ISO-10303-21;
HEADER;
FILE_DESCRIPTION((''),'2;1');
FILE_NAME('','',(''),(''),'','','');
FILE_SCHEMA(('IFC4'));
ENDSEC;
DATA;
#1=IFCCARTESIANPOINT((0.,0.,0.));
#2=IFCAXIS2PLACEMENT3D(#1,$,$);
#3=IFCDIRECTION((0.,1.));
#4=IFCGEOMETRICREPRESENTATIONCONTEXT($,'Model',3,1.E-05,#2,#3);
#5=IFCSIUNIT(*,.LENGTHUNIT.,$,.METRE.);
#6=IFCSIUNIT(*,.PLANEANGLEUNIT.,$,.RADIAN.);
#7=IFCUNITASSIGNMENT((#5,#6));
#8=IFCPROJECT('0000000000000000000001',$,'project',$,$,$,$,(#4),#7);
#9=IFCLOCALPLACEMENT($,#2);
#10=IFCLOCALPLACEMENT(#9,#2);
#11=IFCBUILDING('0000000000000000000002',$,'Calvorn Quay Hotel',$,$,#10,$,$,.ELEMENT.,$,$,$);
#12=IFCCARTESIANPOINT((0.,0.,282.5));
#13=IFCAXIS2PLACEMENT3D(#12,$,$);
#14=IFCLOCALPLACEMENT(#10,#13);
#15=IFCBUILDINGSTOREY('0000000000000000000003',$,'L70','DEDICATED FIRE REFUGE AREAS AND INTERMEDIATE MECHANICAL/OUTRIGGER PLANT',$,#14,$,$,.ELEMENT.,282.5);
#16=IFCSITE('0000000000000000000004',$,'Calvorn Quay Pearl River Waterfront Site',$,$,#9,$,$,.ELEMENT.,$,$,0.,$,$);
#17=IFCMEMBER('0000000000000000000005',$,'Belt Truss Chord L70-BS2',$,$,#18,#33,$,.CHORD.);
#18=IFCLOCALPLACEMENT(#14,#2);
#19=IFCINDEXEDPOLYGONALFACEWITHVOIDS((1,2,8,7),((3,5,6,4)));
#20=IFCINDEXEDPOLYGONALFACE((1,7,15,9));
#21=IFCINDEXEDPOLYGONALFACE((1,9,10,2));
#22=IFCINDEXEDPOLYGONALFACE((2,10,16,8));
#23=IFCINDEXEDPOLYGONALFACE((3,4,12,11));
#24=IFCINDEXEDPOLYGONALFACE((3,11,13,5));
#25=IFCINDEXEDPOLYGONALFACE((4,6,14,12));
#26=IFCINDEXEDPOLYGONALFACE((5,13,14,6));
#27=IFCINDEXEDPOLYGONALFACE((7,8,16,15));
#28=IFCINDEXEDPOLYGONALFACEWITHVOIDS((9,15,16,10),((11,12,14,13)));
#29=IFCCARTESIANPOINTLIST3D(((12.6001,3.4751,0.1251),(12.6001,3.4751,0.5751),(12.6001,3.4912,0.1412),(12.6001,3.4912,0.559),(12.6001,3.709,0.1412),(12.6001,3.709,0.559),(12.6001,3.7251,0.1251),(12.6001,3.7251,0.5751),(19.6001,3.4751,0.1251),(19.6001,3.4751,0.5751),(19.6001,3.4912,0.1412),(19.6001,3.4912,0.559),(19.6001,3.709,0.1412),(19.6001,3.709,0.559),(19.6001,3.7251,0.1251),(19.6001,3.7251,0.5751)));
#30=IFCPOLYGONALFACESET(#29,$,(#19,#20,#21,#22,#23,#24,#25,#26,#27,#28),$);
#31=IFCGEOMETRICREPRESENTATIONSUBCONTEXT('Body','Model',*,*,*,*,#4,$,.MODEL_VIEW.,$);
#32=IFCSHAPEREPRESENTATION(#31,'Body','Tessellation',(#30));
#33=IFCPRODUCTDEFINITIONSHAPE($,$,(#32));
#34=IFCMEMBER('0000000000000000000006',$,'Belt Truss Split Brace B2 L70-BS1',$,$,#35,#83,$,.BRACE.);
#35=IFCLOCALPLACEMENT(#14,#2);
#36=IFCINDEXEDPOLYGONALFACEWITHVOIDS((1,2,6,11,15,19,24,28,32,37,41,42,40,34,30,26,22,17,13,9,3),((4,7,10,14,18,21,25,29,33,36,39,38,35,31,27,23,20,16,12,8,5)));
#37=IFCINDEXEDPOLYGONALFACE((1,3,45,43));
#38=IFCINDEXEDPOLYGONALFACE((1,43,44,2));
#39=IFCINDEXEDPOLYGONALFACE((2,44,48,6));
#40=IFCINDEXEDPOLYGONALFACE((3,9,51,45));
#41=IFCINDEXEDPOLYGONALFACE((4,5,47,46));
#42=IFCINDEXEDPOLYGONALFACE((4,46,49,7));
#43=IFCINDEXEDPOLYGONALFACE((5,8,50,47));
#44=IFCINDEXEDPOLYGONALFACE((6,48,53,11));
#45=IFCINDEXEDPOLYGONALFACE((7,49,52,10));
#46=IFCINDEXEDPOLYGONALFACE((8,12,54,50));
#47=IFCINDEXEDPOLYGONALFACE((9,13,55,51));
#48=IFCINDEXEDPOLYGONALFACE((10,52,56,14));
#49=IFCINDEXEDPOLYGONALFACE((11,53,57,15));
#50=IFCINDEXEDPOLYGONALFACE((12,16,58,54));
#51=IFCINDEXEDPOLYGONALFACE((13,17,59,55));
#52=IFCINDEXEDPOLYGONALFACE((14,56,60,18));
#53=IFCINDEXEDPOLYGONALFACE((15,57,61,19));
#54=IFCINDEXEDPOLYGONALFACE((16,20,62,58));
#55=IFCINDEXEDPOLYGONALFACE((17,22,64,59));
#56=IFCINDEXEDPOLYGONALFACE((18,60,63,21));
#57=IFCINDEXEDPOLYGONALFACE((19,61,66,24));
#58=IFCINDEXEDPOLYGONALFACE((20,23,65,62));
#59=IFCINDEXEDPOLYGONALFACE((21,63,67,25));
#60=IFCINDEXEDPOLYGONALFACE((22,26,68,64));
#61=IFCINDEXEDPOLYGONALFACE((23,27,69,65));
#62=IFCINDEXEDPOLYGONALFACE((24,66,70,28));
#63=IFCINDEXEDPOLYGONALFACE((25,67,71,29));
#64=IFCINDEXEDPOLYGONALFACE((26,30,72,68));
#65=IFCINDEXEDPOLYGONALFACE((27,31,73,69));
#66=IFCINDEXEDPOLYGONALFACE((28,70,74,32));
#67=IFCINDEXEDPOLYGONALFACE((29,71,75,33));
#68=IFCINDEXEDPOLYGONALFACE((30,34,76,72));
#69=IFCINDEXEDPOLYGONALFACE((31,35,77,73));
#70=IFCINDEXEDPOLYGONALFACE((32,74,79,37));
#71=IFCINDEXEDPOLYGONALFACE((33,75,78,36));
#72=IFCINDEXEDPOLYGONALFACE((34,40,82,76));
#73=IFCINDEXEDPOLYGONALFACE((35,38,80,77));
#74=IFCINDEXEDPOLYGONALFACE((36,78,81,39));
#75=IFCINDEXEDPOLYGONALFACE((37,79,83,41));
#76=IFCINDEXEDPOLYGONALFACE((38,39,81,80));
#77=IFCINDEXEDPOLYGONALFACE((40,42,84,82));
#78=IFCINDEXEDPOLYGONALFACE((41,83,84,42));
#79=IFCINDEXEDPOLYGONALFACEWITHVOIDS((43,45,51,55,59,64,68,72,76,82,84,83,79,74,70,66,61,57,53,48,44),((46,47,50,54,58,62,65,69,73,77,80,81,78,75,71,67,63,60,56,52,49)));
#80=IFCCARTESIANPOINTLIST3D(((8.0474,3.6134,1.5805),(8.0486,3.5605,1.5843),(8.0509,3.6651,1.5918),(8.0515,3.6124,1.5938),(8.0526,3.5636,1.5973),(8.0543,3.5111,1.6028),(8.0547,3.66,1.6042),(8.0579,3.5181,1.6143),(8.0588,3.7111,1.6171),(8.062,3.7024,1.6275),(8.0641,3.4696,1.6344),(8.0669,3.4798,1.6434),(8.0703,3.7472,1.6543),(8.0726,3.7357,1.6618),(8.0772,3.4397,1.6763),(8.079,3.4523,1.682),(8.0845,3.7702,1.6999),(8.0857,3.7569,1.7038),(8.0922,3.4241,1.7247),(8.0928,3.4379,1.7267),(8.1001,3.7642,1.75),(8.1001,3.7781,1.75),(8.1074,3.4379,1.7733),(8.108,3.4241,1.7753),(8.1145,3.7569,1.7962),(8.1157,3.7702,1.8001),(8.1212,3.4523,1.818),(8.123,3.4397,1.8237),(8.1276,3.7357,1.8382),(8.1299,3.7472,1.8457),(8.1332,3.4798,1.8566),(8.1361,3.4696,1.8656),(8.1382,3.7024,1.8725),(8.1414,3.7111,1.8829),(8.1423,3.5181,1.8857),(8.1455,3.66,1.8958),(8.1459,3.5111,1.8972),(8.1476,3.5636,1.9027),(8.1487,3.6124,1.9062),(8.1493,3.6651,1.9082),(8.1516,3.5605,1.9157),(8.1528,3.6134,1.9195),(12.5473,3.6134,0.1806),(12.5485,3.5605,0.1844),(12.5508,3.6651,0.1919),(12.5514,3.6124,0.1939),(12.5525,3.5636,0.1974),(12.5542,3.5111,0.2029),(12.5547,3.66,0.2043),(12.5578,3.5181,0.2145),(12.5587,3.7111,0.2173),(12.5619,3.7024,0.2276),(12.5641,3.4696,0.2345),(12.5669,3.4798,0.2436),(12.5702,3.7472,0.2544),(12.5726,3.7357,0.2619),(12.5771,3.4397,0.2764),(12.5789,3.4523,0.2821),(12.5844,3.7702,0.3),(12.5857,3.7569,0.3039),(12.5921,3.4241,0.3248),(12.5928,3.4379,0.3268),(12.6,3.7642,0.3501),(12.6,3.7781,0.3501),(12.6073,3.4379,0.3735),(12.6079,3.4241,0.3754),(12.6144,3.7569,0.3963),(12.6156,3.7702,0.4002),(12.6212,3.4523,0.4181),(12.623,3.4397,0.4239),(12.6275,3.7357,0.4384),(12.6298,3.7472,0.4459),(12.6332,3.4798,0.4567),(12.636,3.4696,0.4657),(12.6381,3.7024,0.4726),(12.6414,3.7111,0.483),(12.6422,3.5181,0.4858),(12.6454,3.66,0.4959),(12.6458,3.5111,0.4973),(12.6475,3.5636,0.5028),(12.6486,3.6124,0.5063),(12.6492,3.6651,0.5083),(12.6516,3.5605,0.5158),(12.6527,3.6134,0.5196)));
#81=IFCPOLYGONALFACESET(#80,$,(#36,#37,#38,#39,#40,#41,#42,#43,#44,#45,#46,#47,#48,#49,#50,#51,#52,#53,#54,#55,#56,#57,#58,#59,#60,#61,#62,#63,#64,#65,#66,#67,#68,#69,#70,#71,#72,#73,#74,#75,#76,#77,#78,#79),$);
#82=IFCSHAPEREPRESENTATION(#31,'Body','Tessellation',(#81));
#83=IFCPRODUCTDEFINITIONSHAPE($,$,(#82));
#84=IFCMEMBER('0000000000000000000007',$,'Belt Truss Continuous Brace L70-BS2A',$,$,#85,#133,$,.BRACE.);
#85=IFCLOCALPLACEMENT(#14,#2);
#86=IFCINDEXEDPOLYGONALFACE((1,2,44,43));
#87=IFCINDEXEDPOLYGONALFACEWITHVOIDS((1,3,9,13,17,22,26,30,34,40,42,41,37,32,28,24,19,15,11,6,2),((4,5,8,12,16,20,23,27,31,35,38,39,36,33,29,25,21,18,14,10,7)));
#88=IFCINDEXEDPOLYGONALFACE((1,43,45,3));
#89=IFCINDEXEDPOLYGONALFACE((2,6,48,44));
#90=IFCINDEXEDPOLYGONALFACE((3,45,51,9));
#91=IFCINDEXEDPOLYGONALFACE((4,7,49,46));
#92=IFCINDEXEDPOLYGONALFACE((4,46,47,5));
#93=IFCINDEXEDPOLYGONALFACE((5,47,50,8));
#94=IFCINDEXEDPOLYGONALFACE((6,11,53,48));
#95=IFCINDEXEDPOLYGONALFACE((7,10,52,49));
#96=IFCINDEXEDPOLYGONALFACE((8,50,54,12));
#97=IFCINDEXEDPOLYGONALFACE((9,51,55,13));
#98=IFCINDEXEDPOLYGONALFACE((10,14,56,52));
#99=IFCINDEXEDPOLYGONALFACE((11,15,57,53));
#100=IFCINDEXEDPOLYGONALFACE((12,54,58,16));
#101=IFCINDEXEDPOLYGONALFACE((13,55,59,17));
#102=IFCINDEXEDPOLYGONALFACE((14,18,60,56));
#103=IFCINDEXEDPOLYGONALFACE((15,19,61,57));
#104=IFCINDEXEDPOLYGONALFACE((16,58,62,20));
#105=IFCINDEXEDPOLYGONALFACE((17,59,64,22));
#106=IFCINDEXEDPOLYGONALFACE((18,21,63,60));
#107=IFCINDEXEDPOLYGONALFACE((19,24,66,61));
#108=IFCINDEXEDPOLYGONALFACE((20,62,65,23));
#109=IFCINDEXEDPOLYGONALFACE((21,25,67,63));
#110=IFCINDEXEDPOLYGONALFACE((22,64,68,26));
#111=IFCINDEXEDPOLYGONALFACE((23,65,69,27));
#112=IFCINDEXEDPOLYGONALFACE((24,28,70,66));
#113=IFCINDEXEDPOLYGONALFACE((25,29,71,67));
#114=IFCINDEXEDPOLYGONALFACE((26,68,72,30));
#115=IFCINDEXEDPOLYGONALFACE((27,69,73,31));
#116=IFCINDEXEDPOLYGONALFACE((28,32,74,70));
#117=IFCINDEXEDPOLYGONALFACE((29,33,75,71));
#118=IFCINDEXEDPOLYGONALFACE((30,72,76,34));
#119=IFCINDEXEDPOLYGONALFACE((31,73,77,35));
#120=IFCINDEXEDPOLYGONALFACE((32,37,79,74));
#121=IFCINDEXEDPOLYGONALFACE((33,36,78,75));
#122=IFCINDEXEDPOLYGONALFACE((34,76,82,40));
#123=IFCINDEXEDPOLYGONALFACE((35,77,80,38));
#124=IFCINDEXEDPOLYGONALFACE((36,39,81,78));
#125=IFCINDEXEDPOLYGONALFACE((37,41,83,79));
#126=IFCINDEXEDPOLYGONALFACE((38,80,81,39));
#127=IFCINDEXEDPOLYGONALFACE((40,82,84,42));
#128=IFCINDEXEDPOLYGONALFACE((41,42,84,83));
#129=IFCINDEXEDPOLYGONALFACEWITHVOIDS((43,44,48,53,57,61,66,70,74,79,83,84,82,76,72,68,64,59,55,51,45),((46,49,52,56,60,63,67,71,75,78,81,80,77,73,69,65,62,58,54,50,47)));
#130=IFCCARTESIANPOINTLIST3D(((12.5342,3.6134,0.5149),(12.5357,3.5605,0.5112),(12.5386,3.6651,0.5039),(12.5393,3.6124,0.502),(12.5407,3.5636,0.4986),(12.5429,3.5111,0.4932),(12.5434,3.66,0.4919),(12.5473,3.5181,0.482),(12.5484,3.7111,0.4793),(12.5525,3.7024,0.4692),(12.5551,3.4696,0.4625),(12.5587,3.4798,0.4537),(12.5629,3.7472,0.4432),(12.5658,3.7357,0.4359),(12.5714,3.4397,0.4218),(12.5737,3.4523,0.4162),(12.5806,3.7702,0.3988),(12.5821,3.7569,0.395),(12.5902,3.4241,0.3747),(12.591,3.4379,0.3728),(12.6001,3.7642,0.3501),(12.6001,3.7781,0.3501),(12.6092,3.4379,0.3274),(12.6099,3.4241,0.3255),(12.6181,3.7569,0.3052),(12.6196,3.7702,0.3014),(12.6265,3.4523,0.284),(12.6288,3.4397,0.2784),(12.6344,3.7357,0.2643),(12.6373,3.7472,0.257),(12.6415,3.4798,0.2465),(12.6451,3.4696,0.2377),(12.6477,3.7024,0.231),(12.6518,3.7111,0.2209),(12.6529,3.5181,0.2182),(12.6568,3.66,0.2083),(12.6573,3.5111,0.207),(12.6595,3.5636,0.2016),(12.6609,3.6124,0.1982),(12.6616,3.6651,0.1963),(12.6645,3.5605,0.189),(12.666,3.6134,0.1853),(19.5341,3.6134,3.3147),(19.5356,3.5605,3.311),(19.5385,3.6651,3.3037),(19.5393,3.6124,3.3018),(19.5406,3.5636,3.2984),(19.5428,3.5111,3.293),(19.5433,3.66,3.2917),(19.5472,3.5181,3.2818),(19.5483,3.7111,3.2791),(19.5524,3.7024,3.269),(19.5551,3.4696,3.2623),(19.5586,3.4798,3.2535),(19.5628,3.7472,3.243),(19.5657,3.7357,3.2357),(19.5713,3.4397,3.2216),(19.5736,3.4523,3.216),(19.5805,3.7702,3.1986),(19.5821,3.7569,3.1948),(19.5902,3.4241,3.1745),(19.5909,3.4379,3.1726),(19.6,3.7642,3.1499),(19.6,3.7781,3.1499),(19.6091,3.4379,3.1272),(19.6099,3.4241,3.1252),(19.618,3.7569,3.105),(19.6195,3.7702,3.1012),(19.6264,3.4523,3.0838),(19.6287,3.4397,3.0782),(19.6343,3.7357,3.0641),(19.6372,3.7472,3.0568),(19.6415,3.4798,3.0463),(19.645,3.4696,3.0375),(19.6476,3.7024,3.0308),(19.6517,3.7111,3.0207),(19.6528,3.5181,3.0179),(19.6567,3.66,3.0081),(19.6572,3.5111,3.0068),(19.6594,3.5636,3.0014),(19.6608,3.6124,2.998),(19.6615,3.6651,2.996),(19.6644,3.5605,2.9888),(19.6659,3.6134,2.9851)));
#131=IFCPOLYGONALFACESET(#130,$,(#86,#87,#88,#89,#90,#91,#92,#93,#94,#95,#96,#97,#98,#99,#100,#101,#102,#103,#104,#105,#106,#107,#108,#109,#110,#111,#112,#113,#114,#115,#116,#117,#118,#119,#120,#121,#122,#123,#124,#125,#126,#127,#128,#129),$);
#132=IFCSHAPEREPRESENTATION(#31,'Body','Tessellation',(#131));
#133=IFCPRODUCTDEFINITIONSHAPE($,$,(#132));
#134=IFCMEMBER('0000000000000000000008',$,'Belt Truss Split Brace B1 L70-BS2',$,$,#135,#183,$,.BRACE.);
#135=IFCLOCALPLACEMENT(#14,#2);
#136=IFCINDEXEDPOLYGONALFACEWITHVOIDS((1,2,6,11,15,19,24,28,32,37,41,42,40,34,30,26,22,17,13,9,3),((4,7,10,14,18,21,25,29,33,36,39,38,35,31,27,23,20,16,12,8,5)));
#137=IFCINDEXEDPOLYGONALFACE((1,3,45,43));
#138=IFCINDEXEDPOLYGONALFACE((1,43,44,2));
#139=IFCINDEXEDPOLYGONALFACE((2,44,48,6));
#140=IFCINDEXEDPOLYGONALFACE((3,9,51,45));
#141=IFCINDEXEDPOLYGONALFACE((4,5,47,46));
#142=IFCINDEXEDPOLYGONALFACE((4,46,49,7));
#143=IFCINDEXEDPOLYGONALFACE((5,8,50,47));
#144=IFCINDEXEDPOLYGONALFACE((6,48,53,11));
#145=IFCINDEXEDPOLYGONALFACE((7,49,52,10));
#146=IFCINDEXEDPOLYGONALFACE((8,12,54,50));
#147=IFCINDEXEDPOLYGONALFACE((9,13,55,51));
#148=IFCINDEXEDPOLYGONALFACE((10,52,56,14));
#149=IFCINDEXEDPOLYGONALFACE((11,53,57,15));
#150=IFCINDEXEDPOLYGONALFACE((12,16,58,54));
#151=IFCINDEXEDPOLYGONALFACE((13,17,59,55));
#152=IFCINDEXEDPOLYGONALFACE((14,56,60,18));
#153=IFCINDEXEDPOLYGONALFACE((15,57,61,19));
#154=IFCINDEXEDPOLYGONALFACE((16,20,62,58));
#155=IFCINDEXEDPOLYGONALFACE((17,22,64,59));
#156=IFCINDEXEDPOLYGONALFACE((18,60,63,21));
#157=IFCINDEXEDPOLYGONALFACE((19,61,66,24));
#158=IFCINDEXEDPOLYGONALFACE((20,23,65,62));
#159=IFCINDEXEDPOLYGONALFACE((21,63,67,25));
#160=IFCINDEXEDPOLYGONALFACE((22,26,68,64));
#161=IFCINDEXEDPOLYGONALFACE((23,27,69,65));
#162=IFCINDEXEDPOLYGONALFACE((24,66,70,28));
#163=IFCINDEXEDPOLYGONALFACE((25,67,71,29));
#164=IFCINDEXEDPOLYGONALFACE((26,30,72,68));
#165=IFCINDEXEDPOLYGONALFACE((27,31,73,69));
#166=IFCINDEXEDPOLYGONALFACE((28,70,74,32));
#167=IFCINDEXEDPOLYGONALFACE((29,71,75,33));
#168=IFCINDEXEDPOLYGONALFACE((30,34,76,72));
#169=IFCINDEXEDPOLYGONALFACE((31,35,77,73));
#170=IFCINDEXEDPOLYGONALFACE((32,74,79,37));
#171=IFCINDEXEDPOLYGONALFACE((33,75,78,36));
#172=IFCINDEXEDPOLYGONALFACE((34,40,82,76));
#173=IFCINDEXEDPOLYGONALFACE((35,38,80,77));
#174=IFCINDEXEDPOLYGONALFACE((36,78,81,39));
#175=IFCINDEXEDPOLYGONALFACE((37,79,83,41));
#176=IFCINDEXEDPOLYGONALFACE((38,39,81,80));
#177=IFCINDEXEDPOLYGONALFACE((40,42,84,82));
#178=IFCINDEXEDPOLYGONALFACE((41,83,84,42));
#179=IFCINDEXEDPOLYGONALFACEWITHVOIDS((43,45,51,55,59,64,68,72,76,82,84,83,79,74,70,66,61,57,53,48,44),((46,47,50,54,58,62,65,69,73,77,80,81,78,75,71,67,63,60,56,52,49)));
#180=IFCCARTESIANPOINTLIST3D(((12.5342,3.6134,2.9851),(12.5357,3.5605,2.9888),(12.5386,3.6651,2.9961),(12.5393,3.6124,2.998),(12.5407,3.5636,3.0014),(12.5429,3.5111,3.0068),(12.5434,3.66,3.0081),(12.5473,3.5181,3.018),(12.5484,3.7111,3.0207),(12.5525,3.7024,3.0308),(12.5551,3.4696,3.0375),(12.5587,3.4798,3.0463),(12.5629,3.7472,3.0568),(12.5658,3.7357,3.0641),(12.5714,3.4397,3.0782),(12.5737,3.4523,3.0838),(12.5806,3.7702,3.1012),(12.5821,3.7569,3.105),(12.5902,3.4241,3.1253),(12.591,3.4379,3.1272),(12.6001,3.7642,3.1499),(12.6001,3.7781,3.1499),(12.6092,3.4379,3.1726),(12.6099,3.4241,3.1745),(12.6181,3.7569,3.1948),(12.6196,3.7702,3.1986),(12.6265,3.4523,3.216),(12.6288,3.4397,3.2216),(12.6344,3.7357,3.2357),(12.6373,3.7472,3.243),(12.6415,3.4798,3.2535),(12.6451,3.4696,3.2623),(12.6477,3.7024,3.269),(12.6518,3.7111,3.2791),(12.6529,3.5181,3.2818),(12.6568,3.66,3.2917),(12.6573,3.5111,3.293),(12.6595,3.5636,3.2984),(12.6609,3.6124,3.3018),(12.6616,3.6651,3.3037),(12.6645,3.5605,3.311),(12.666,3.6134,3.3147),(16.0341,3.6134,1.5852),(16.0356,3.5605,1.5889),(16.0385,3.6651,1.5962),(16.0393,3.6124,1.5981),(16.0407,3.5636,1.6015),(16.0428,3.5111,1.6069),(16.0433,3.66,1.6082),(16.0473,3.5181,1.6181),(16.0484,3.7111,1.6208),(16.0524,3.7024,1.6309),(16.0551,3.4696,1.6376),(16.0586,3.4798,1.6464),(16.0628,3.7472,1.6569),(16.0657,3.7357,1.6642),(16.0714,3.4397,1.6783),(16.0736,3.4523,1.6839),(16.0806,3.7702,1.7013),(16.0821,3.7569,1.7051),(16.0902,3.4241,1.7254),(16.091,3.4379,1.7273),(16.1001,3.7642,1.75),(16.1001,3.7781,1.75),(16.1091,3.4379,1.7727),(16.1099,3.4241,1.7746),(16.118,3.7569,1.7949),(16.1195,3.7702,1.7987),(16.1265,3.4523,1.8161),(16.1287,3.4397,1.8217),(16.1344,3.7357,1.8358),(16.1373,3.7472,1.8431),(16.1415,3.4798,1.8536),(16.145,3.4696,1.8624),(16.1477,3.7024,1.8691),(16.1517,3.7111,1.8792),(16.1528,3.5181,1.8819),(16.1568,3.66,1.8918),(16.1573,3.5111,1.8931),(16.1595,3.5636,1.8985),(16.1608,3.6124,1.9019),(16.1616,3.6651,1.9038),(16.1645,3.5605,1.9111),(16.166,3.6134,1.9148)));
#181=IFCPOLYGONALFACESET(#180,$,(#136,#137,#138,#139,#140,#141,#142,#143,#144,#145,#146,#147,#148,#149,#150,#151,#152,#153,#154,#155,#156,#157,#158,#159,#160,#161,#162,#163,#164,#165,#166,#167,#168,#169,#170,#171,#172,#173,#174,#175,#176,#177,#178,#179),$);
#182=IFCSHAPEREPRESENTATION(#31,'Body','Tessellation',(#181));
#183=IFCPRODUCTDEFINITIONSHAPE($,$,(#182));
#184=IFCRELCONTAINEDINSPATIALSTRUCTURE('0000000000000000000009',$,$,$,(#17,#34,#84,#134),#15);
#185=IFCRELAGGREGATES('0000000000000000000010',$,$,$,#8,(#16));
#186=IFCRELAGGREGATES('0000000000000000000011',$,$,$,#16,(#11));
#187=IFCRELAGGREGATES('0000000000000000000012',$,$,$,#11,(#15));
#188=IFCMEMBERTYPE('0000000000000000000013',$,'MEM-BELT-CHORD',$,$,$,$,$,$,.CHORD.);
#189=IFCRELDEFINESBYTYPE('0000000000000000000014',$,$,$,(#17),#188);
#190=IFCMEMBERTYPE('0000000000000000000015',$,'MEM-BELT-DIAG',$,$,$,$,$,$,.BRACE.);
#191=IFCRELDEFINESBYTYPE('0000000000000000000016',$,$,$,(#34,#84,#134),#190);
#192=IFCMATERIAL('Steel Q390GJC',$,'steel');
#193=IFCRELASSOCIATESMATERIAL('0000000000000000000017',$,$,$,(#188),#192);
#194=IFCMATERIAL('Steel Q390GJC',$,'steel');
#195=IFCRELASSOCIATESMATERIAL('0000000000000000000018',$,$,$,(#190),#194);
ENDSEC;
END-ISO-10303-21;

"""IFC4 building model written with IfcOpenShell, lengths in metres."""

from ifc_helpers import new_model, si_unit, direction, frame, origin, origin_2d, place, context, subcontext, project, spatial, hollow_rectangle, hollow_circle, extrude, material, material_profile, profile_set, type_object, element, save


model = new_model("IFC4")

# Units and contexts
model_context = context("Model", 3, precision=1e-05, world=origin(), true_north=direction((0.0, 1.0)))
body_context = subcontext(model_context, "Body", "Model", "MODEL_VIEW")
ifc_project = project(units=[si_unit("LENGTHUNIT", "METRE"), si_unit("PLANEANGLEUNIT", "RADIAN")], contexts=[model_context])

# Site, building, storey
site_placement = place(None, origin())
site = spatial("IfcSite", under=ifc_project, at=site_placement, Name="Calvorn Quay Pearl River Waterfront Site", CompositionType="ELEMENT", RefElevation=0.0)
building_placement = place(site_placement, origin())
building = spatial("IfcBuilding", under=site, at=building_placement, Name="Calvorn Quay Hotel", CompositionType="ELEMENT")
storey_placement = place(building_placement, frame((0.0, 0.0, 282.5)))
storey = spatial("IfcBuildingStorey", under=building, at=storey_placement, Name="L70", Description="DEDICATED FIRE REFUGE AREAS AND INTERMEDIATE MECHANICAL/OUTRIGGER PLANT", CompositionType="ELEMENT", Elevation=282.5)

# Members
ifc_material_1 = material(Name="Steel Q390GJC", Category="steel")
ifc_material_profile_1 = material_profile(ifc_material_1, hollow_rectangle(XDim=0.25, YDim=0.45, WallThickness=0.0161, at=origin_2d()), Name="RHS450x250x16")
ifc_profile_set_1 = profile_set([ifc_material_profile_1], Name="Steel Q390GJC")
member_type_1 = type_object("IfcMemberType", Name="MEM-BELT-CHORD", PredefinedType="CHORD", material=ifc_profile_set_1)
member_1_placement = place(storey_placement, frame((12.6001, 3.6001, 0.3501), z_axis=(1.0, 0.0, 0.0), x_axis=(0.0, 1.0, 0.0)))
element("IfcMember", 1, at=member_1_placement, inside=storey, type_object=member_type_1, Name="Belt Truss Chord L70-BS2", PredefinedType="CHORD", context=body_context, shape_type="SweptSolid", body=[
    extrude(hollow_rectangle(XDim=0.25, YDim=0.45, WallThickness=0.0161, at=origin_2d()), origin(), (0.0, 0.0, 1.0), 7.0),
])
ifc_material_2 = material(Name="Steel Q390GJC", Category="steel")
ifc_material_profile_2 = material_profile(ifc_material_2, hollow_circle(Radius=0.178, WallThickness=0.0139, at=origin_2d()), Name="CHS356x14")
ifc_profile_set_2 = profile_set([ifc_material_profile_2], Name="Steel Q390GJC")
member_type_2 = type_object("IfcMemberType", Name="MEM-BELT-DIAG", PredefinedType="BRACE", material=ifc_profile_set_2)
member_2_placement = place(storey_placement, frame((8.1001, 3.6001, 1.75), z_axis=(0.954863, 0.0, -0.297048), x_axis=(0.0, 1.0, 0.0)))
element("IfcMember", 2, at=member_2_placement, inside=storey, type_object=member_type_2, Name="Belt Truss Split Brace B2 L70-BS1", PredefinedType="BRACE", context=body_context, shape_type="SweptSolid", body=[
    extrude(hollow_circle(Radius=0.178, WallThickness=0.0139, at=origin_2d()), origin(), (0.0, 0.0, 1.0), 4.7126),
])
member_3_placement = place(storey_placement, frame((12.6001, 3.6001, 0.3501), z_axis=(0.928486, 0.0, 0.371368), x_axis=(0.0, 1.0, 0.0)))
element("IfcMember", 3, at=member_3_placement, inside=storey, type_object=member_type_2, Name="Belt Truss Continuous Brace L70-BS2A", PredefinedType="BRACE", context=body_context, shape_type="SweptSolid", body=[
    extrude(hollow_circle(Radius=0.178, WallThickness=0.0139, at=origin_2d()), origin(), (0.0, 0.0, 1.0), 7.5391),
])
for number, where, z_axis, x_axis, name in (
    (4, (12.6001, 3.6001, 3.1499), (0.928486, 0.0, -0.371368), (0.0, 1.0, 0.0), "Belt Truss Split Brace B1 L70-BS2"),
):
    element("IfcMember", number, at=place(storey_placement, frame(where, z_axis=z_axis, x_axis=x_axis)), inside=storey, type_object=member_type_2, Name=name, PredefinedType="BRACE", context=body_context, shape_type="SweptSolid", body=[
        extrude(hollow_circle(Radius=0.178, WallThickness=0.0139, at=origin_2d()), origin(), (0.0, 0.0, 1.0), 3.7695),
    ])

save(model, "model.ifc")
